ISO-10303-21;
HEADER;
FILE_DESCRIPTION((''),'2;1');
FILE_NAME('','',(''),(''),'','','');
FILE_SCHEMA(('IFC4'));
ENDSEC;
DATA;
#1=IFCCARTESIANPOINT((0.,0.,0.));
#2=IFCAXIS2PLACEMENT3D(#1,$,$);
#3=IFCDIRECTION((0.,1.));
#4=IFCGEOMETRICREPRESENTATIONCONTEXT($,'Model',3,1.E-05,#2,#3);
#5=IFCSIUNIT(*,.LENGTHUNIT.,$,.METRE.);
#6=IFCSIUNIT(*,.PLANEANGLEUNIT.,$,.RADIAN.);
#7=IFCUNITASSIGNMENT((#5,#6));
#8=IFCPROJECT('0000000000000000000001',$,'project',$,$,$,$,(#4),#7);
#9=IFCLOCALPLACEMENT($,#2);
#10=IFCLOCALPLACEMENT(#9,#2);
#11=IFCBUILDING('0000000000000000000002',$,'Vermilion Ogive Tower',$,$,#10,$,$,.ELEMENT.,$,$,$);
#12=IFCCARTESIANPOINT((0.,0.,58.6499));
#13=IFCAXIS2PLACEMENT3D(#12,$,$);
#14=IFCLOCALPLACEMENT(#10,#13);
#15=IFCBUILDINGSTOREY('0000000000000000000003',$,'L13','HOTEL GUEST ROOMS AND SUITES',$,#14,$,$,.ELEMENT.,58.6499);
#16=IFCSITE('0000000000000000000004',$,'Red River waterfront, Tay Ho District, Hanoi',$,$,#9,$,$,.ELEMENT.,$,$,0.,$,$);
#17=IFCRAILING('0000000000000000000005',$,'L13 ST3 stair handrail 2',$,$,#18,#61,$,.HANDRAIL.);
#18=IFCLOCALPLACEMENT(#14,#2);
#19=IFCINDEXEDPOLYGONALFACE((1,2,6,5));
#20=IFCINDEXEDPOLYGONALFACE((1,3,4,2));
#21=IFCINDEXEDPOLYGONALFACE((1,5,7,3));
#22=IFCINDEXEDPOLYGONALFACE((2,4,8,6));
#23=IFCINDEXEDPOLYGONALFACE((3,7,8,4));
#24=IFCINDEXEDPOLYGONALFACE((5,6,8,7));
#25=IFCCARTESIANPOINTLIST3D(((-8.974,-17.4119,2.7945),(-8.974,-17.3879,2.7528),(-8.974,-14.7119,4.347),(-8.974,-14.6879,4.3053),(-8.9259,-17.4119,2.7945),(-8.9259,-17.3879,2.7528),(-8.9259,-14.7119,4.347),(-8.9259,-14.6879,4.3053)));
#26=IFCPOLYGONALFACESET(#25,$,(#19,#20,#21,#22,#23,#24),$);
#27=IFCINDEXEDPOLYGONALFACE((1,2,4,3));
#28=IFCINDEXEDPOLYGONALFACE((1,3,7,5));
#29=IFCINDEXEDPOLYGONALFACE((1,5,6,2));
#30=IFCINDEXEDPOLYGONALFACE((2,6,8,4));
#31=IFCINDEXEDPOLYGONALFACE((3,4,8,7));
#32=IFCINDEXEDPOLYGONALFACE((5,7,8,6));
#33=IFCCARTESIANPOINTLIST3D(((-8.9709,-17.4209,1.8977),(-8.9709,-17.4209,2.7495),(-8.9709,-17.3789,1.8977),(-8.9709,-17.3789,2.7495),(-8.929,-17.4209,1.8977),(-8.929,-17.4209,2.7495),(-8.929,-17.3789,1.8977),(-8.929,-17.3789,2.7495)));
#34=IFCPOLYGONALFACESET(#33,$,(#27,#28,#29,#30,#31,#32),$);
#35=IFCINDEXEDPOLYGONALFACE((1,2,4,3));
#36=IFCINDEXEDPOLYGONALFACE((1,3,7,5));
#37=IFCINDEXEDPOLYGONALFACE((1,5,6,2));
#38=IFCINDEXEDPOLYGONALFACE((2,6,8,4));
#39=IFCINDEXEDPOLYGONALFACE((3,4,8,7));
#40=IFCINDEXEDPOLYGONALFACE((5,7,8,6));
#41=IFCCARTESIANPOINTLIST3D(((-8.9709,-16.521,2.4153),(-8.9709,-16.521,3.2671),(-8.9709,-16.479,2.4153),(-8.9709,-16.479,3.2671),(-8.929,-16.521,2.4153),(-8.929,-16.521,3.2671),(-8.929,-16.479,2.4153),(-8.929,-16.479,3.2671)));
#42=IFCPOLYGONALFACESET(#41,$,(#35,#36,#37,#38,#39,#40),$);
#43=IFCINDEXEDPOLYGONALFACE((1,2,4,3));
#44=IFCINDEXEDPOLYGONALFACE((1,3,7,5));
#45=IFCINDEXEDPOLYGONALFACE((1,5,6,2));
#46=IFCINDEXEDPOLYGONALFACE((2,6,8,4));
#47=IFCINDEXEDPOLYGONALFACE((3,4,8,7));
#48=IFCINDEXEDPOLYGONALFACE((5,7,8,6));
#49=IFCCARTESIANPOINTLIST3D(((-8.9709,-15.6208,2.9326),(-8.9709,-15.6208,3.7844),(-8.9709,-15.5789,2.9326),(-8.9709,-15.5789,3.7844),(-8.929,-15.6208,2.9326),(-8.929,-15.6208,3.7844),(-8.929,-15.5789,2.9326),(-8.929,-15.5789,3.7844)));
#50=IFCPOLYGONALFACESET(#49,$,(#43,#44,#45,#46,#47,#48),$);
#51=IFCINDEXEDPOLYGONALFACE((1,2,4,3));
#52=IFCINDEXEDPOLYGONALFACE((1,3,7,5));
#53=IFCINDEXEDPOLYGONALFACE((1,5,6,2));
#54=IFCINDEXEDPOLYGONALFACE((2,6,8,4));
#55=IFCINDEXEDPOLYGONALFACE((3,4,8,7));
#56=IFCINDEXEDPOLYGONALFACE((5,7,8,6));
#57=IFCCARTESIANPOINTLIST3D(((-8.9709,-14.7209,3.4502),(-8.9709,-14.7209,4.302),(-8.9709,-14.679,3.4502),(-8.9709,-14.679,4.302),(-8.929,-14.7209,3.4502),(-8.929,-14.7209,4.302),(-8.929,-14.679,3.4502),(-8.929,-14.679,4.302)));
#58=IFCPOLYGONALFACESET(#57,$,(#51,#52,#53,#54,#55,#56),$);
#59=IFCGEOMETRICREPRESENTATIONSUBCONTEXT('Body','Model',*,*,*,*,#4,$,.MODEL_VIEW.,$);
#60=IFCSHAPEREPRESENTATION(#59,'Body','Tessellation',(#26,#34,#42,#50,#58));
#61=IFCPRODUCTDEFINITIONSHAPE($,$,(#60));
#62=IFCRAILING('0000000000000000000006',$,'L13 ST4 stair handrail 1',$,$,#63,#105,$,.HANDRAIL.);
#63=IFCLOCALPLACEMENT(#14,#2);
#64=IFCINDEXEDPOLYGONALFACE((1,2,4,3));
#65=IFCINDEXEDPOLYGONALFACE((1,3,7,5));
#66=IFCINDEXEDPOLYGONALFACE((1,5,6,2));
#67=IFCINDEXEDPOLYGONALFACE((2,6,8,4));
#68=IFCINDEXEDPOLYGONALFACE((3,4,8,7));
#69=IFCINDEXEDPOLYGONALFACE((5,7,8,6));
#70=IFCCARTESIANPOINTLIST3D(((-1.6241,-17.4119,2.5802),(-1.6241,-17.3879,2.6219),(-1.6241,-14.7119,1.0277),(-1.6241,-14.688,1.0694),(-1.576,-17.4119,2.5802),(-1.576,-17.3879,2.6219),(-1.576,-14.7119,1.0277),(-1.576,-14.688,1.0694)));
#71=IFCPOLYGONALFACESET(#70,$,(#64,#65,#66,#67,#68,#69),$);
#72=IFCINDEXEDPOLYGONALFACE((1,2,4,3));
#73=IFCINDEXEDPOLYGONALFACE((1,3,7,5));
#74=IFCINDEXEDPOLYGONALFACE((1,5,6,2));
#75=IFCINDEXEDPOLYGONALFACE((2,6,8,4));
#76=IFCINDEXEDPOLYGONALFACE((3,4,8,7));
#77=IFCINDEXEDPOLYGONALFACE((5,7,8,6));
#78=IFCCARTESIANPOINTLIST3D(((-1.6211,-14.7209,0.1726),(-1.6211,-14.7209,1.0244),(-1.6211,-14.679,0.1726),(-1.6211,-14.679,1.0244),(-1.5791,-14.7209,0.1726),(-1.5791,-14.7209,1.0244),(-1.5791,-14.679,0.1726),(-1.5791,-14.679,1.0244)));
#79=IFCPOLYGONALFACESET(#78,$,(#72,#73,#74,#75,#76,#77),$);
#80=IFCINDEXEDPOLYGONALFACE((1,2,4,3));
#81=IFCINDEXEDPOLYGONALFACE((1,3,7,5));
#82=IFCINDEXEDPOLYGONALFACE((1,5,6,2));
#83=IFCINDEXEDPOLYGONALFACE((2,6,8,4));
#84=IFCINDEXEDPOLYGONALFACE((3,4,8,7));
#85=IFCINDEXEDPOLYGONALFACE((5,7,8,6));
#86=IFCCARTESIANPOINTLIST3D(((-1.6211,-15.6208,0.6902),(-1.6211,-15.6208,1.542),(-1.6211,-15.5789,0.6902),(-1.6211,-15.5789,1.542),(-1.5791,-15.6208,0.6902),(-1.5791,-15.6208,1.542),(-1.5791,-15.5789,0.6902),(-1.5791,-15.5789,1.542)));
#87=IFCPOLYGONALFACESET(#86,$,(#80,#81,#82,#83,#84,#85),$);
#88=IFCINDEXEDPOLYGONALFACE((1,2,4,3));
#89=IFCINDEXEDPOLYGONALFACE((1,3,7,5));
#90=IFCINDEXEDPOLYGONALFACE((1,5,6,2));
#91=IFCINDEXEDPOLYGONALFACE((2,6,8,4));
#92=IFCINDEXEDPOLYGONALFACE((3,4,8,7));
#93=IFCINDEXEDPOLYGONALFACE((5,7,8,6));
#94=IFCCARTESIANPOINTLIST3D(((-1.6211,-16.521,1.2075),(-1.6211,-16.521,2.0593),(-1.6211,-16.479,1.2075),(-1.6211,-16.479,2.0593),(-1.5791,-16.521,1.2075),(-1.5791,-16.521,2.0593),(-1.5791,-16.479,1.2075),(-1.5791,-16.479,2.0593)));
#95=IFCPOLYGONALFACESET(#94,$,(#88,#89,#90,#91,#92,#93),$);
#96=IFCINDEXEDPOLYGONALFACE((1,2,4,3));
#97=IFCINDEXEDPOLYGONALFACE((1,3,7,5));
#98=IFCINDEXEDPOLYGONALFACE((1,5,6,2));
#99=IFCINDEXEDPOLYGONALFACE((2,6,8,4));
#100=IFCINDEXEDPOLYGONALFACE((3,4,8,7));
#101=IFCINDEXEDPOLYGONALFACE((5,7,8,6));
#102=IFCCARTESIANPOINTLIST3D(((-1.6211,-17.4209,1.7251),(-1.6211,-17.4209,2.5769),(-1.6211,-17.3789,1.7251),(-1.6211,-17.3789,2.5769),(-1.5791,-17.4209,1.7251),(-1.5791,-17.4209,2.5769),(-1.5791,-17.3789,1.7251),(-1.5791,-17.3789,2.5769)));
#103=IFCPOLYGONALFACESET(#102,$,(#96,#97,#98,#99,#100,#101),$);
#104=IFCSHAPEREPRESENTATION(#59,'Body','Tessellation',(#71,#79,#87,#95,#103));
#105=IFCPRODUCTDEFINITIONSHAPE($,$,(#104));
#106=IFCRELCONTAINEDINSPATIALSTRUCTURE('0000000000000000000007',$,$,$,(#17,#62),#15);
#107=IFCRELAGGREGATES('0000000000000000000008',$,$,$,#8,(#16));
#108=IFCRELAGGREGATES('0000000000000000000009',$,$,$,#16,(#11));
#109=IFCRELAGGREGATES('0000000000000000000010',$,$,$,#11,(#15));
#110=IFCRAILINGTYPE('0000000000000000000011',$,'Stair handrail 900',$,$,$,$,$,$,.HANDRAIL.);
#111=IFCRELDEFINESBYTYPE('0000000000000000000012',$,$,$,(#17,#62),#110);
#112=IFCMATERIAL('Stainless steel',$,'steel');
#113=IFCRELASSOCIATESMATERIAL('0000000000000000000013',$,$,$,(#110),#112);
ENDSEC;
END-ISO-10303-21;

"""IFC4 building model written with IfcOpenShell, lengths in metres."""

from ifc_helpers import new_model, si_unit, direction, frame, origin, origin_2d, place, context, subcontext, project, spatial, rectangle, extrude, material, type_object, element, save


model = new_model("IFC4")

# Units and contexts
model_context = context("Model", 3, precision=1e-05, world=origin(), true_north=direction((0.0, 1.0)))
body_context = subcontext(model_context, "Body", "Model", "MODEL_VIEW")
ifc_project = project(units=[si_unit("LENGTHUNIT", "METRE"), si_unit("PLANEANGLEUNIT", "RADIAN")], contexts=[model_context])

# Site, building, storey
site_placement = place(None, origin())
site = spatial("IfcSite", under=ifc_project, at=site_placement, Name="Red River waterfront, Tay Ho District, Hanoi", CompositionType="ELEMENT", RefElevation=0.0)
building_placement = place(site_placement, origin())
building = spatial("IfcBuilding", under=site, at=building_placement, Name="Vermilion Ogive Tower", CompositionType="ELEMENT")
storey_placement = place(building_placement, frame((0.0, 0.0, 58.6499)))
storey = spatial("IfcBuildingStorey", under=building, at=storey_placement, Name="L13", Description="HOTEL GUEST ROOMS AND SUITES", CompositionType="ELEMENT", Elevation=58.6499)

# Railings
ifc_material_1 = material(Name="Stainless steel", Category="steel")
railing_type_1 = type_object("IfcRailingType", Name="Stair handrail 900", PredefinedType="HANDRAIL", material=ifc_material_1)
railing_1_placement = place(storey_placement, frame((-8.95, -17.3999, 1.8977)))
element("IfcRailing", 1, at=railing_1_placement, inside=storey, type_object=railing_type_1, Name="L13 ST3 stair handrail 2", PredefinedType="HANDRAIL", context=body_context, shape_type="SweptSolid", body=[
    extrude(rectangle(XDim=0.0481, YDim=0.0481, at=origin_2d()), frame((0.0, 0.0, 0.876), z_axis=(0.0, 0.866904, 0.498476), x_axis=(-1.0, 0.0, 0.0)), (0.0, 0.0, 1.0), 3.1145),
    extrude(rectangle(XDim=0.042, YDim=0.042, at=origin_2d()), origin(), (0.0, 0.0, 1.0), 0.8518),
    extrude(rectangle(XDim=0.042, YDim=0.042, at=origin_2d()), frame((0.0, 0.8999, 0.5176)), (0.0, 0.0, 1.0), 0.8518),
    extrude(rectangle(XDim=0.042, YDim=0.042, at=origin_2d()), frame((0.0, 1.8, 1.0349)), (0.0, 0.0, 1.0), 0.8518),
    extrude(rectangle(XDim=0.042, YDim=0.042, at=origin_2d()), frame((0.0, 2.7, 1.5525)), (0.0, 0.0, 1.0), 0.8518),
])
railing_2_placement = place(storey_placement, frame((-1.6001, -14.7, 0.1726)))
element("IfcRailing", 2, at=railing_2_placement, inside=storey, type_object=railing_type_1, Name="L13 ST4 stair handrail 1", PredefinedType="HANDRAIL", context=body_context, shape_type="SweptSolid", body=[
    extrude(rectangle(XDim=0.0481, YDim=0.0481, at=origin_2d()), frame((0.0, 0.0, 0.876), z_axis=(0.0, -0.866904, 0.498476), x_axis=(1.0, 0.0, 0.0)), (0.0, 0.0, 1.0), 3.1145),
    extrude(rectangle(XDim=0.042, YDim=0.042, at=origin_2d()), origin(), (0.0, 0.0, 1.0), 0.8518),
    extrude(rectangle(XDim=0.042, YDim=0.042, at=origin_2d()), frame((0.0, -0.8999, 0.5176)), (0.0, 0.0, 1.0), 0.8518),
    extrude(rectangle(XDim=0.042, YDim=0.042, at=origin_2d()), frame((0.0, -1.8, 1.0349)), (0.0, 0.0, 1.0), 0.8518),
    extrude(rectangle(XDim=0.042, YDim=0.042, at=origin_2d()), frame((0.0, -2.7, 1.5525)), (0.0, 0.0, 1.0), 0.8518),
])

save(model, "model.ifc")
